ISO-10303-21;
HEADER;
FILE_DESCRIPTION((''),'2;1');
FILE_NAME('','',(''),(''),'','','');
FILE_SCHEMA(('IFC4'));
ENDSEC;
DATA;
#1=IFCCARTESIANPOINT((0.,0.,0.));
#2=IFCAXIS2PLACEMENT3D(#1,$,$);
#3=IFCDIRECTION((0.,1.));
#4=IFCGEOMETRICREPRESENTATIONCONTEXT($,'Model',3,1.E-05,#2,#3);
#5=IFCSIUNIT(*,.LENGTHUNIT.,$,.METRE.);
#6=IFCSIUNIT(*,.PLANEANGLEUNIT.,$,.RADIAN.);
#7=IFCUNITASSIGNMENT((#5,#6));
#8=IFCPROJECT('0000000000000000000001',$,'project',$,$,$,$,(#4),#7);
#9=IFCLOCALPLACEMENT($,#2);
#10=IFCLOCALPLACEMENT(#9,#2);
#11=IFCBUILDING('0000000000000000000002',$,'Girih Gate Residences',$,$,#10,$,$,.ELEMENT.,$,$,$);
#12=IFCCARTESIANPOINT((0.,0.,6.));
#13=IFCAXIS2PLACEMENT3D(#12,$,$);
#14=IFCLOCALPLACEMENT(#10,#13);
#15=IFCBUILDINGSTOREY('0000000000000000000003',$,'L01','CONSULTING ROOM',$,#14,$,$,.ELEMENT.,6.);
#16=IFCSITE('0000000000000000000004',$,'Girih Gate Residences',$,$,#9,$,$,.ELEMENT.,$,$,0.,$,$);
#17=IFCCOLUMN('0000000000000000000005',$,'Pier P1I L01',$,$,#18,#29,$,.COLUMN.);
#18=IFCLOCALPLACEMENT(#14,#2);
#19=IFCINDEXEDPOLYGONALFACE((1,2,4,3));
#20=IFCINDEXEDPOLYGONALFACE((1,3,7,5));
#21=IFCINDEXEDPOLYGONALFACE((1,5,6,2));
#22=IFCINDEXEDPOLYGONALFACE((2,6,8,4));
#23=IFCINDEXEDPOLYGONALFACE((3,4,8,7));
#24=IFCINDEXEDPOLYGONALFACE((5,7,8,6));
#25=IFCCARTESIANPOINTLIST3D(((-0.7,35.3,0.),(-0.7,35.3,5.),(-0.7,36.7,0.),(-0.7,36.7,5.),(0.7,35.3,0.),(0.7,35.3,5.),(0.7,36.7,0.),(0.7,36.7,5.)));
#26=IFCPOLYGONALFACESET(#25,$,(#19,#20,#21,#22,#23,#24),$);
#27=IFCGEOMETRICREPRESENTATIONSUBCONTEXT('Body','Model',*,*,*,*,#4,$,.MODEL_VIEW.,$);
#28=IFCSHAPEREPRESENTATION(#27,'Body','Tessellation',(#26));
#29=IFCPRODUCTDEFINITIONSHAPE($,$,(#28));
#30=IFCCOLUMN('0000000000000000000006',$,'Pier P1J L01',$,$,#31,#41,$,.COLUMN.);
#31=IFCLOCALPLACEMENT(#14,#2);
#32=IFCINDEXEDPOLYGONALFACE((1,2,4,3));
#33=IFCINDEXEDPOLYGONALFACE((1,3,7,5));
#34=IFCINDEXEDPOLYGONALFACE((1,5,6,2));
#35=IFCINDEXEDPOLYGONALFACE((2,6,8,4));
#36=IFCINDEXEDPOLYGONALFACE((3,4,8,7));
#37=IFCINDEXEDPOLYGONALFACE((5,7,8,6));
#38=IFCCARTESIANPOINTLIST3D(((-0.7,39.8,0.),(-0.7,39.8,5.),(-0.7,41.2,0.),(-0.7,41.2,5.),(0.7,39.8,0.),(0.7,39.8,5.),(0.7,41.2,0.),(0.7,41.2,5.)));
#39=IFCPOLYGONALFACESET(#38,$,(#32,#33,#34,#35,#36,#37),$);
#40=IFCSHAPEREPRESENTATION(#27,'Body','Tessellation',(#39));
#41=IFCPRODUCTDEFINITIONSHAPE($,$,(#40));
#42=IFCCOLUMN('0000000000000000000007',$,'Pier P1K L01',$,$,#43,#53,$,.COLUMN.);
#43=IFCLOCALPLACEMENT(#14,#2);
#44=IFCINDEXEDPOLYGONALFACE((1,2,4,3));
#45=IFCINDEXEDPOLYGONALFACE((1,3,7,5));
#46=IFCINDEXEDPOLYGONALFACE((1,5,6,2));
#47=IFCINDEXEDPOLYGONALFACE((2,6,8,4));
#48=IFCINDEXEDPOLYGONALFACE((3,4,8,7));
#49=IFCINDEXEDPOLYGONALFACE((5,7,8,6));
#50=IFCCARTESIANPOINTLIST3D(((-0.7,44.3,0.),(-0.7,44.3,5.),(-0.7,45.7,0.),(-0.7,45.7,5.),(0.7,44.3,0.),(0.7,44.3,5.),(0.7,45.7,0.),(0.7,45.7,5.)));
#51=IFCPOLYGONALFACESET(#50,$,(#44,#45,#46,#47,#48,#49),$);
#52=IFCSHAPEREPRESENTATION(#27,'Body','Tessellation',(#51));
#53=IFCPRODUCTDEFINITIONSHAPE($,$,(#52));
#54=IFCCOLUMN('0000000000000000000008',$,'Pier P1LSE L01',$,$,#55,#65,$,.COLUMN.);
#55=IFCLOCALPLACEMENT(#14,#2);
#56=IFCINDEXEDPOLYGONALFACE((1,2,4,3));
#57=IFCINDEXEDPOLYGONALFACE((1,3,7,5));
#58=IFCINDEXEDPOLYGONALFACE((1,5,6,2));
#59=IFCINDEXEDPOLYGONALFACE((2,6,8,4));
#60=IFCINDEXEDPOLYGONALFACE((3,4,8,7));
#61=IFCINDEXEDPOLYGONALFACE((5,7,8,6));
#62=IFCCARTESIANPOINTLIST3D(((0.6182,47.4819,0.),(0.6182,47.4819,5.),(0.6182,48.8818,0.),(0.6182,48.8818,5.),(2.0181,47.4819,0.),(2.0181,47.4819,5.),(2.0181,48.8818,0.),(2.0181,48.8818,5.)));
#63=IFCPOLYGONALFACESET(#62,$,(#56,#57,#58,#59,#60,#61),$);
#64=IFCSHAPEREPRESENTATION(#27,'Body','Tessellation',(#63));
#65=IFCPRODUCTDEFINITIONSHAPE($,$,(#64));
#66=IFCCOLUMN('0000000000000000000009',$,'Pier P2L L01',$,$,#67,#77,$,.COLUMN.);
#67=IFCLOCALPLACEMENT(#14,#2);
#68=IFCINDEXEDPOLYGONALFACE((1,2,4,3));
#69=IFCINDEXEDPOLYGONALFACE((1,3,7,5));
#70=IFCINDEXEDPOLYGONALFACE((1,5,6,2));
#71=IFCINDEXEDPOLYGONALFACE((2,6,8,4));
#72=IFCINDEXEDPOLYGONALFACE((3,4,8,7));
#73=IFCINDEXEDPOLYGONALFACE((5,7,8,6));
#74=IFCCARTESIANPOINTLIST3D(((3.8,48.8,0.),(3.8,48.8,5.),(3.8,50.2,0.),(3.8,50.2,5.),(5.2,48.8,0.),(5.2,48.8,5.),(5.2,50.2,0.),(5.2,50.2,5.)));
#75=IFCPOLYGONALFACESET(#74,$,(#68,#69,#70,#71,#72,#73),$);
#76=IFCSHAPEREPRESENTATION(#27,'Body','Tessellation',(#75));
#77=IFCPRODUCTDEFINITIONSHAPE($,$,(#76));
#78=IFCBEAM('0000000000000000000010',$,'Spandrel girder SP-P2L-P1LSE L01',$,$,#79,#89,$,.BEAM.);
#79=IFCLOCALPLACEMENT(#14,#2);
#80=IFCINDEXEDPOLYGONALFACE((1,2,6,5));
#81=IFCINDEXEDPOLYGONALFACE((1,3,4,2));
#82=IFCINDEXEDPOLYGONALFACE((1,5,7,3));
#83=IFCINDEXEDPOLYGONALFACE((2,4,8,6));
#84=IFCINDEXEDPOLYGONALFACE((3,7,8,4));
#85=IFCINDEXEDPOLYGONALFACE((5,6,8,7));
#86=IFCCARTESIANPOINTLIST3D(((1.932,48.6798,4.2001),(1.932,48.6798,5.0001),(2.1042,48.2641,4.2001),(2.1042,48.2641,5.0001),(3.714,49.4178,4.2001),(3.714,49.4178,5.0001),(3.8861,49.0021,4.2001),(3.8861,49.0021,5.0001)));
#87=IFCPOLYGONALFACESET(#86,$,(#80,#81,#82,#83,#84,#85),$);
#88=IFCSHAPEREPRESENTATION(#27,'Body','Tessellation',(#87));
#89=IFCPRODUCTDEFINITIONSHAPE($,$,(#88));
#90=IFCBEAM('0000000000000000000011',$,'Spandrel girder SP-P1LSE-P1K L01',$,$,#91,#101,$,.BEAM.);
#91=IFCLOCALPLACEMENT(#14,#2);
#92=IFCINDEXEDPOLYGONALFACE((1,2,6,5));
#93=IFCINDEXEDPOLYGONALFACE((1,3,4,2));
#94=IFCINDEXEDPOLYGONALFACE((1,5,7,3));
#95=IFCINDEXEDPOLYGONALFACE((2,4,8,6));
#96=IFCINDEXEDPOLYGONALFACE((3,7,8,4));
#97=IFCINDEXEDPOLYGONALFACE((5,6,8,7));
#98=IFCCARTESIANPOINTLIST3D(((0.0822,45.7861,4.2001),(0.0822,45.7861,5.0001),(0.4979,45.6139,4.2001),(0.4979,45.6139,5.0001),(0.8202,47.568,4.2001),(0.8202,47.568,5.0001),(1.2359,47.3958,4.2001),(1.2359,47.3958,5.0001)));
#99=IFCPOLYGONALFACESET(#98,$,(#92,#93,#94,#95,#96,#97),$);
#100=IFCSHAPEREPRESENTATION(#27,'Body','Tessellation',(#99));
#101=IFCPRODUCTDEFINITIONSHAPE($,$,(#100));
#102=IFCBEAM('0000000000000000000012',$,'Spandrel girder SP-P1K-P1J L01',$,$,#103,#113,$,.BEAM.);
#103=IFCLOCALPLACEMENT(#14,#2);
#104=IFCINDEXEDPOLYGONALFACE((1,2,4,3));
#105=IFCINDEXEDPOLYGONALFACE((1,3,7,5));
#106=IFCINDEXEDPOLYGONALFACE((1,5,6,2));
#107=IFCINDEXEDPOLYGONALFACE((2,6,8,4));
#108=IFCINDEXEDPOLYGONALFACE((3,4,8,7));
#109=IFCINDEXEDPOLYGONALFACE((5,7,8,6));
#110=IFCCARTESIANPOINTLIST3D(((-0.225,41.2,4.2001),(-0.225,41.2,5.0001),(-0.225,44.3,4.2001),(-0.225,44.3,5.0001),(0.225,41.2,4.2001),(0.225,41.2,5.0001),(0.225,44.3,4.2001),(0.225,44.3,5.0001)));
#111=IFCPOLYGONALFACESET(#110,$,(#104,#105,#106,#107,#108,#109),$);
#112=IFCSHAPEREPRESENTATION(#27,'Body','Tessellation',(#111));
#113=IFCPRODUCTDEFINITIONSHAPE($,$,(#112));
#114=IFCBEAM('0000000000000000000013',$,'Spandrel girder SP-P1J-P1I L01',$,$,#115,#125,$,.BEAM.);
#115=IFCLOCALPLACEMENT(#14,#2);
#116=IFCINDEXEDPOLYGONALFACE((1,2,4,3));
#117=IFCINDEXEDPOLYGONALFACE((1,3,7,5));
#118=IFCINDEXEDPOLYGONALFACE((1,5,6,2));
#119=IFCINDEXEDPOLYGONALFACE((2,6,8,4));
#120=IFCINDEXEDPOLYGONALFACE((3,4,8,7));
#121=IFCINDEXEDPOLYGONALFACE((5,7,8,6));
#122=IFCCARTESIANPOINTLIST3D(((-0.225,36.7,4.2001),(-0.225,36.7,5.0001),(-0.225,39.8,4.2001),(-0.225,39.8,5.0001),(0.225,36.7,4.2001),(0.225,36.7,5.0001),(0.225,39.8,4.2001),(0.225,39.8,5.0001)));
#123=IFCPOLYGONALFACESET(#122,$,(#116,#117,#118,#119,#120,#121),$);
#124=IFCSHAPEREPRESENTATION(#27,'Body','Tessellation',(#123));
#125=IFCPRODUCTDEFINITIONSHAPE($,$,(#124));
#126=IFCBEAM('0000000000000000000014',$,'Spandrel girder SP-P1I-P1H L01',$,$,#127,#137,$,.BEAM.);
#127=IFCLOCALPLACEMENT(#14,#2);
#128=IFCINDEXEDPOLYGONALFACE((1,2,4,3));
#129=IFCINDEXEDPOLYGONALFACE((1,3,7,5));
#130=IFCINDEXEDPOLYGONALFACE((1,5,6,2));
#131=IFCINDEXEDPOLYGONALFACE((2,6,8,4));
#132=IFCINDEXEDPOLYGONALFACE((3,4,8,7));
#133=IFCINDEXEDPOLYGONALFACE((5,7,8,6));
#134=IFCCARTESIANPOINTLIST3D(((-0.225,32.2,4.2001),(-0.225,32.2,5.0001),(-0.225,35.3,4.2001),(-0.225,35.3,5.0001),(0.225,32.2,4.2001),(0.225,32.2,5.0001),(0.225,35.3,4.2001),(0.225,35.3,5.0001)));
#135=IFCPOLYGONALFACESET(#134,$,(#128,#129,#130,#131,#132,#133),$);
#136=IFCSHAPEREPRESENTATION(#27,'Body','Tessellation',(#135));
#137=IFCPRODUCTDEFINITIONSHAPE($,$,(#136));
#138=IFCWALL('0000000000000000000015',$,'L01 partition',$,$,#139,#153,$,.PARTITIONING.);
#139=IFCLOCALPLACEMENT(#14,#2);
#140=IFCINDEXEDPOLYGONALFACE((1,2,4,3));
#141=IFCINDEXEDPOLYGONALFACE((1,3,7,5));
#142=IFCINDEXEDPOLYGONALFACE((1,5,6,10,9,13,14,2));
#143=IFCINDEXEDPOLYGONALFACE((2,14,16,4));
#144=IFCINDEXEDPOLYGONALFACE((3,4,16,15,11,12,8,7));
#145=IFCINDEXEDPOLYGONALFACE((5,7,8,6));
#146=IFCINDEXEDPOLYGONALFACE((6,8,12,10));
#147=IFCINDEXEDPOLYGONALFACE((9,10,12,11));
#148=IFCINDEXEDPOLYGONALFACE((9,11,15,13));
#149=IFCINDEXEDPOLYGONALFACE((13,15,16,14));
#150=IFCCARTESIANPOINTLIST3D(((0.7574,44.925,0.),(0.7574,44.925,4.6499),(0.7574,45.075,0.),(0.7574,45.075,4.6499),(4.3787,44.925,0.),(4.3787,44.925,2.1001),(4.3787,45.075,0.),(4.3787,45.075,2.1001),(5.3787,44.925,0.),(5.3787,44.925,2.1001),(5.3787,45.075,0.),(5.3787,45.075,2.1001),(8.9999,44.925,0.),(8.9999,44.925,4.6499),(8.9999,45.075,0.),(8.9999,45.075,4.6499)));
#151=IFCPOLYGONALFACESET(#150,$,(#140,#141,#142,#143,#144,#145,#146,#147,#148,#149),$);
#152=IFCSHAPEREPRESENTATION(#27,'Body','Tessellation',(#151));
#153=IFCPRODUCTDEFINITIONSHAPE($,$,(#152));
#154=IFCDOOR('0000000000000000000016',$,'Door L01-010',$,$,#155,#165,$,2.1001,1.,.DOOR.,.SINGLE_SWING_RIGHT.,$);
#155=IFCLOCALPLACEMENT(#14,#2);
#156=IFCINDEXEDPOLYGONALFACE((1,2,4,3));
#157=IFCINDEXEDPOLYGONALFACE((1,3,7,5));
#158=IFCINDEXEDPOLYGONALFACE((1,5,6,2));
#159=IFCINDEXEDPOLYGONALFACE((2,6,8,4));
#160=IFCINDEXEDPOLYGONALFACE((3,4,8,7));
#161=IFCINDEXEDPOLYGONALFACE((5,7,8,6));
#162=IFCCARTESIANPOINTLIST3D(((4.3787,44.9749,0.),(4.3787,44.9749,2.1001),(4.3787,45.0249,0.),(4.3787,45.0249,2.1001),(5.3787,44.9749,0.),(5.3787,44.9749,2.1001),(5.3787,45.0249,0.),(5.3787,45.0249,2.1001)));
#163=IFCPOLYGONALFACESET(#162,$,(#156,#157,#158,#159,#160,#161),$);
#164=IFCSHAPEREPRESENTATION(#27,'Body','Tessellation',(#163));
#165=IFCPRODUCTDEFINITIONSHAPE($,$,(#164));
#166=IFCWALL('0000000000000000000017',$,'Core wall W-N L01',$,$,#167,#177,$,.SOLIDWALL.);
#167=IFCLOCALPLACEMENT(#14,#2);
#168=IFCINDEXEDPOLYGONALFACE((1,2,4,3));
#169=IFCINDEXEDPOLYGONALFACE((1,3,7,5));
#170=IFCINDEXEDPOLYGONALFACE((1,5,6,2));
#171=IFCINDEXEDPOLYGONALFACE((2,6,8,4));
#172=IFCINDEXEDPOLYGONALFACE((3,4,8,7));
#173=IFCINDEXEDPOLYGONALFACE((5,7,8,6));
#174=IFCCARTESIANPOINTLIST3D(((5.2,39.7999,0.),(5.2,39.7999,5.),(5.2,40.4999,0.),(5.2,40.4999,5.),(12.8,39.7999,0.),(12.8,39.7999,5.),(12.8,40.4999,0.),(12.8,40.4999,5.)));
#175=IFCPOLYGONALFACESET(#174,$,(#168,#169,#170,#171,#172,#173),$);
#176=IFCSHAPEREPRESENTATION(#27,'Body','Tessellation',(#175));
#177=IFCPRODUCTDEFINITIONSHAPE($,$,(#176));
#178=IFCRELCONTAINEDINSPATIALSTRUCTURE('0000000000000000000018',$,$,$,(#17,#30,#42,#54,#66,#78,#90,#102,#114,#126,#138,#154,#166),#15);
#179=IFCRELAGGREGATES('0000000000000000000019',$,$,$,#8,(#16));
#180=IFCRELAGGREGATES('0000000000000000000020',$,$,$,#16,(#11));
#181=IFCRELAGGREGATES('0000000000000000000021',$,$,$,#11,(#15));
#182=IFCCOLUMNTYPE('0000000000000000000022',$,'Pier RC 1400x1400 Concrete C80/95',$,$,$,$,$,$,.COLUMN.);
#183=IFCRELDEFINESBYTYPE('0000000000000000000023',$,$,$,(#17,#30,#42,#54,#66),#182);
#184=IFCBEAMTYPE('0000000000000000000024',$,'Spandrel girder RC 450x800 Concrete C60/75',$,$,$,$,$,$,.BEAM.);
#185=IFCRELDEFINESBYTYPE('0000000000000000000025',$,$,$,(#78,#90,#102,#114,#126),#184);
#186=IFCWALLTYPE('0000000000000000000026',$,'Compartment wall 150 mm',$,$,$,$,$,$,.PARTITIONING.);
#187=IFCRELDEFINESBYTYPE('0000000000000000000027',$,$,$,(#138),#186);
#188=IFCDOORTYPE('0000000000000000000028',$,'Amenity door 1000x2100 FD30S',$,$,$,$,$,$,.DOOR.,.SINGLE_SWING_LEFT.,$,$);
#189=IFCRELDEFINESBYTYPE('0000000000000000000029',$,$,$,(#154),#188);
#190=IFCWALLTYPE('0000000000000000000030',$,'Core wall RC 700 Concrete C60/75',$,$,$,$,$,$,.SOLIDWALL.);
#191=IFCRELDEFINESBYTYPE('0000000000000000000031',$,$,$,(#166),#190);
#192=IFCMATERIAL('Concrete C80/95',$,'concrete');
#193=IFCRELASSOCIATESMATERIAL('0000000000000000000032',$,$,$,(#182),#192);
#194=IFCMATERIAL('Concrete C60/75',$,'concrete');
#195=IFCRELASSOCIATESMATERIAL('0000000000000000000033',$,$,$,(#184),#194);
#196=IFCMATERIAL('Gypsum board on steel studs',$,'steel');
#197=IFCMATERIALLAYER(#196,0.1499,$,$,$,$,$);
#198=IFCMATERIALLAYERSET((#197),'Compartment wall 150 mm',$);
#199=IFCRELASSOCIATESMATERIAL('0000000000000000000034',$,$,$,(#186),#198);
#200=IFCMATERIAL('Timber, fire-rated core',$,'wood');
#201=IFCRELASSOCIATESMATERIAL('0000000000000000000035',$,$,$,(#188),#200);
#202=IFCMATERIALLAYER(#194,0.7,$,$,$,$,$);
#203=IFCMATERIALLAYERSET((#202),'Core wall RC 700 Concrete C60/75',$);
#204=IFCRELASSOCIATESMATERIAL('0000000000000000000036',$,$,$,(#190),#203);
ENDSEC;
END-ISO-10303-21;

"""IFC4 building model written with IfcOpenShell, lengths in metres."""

from ifc_helpers import new_model, si_unit, direction, frame, frame_2d, origin, origin_2d, place, context, subcontext, project, spatial, rectangle, extrude, material, layer, layer_set, material_profile, profile_set, type_object, element, fill, save


model = new_model("IFC4")

# Units and contexts
model_context = context("Model", 3, precision=1e-05, world=origin(), true_north=direction((0.0, 1.0)))
body_context = subcontext(model_context, "Body", "Model", "MODEL_VIEW")
ifc_project = project(units=[si_unit("LENGTHUNIT", "METRE"), si_unit("PLANEANGLEUNIT", "RADIAN")], contexts=[model_context])

# Site, building, storey
site_placement = place(None, origin())
site = spatial("IfcSite", under=ifc_project, at=site_placement, Name="Girih Gate Residences", CompositionType="ELEMENT", RefElevation=0.0)
building_placement = place(site_placement, origin())
building = spatial("IfcBuilding", under=site, at=building_placement, Name="Girih Gate Residences", CompositionType="ELEMENT")
storey_placement = place(building_placement, frame((0.0, 0.0, 6.0)))
storey = spatial("IfcBuildingStorey", under=building, at=storey_placement, Name="L01", Description="CONSULTING ROOM", CompositionType="ELEMENT", Elevation=6.0)

# Columns
ifc_material_1 = material(Name="Concrete C80/95", Category="concrete")
ifc_material_profile_1 = material_profile(ifc_material_1, rectangle(XDim=1.3999, YDim=1.3999, at=origin_2d()))
ifc_profile_set_1 = profile_set([ifc_material_profile_1], Name="Concrete C80/95")
column_type = type_object("IfcColumnType", Name="Pier RC 1400x1400 Concrete C80/95", PredefinedType="COLUMN", material=ifc_profile_set_1)
for number, where, z_axis, x_axis, name in (
    (1, (0.0, 36.0, 0.0), (0.0, 0.0, 1.0), (1.0, 0.0, 0.0), "Pier P1I L01"),
    (2, (0.0, 40.5, 0.0), (0.0, 0.0, 1.0), (1.0, 0.0, 0.0), "Pier P1J L01"),
    (3, (0.0, 45.0, 0.0), (0.0, 0.0, 1.0), (1.0, 0.0, 0.0), "Pier P1K L01"),
    (4, (1.3181, 48.1819, 0.0), (0.0, 0.0, 1.0), (1.0, 0.0, 0.0), "Pier P1LSE L01"),
    (5, (4.5, 49.5, 0.0), (0.0, 0.0, 1.0), (1.0, 0.0, 0.0), "Pier P2L L01"),
):
    element("IfcColumn", number, at=place(storey_placement, frame(where, z_axis=z_axis, x_axis=x_axis)), inside=storey, type_object=column_type, Name=name, PredefinedType="COLUMN", context=body_context, shape_type="SweptSolid", body=[
        extrude(rectangle(XDim=1.3999, YDim=1.3999, at=origin_2d()), origin(), (0.0, 0.0, 1.0), 5.0),
    ])

# Beams
ifc_material_2 = material(Name="Concrete C60/75", Category="concrete")
ifc_material_profile_2 = material_profile(ifc_material_2, rectangle(XDim=0.45, YDim=0.8, at=origin_2d()))
ifc_profile_set_2 = profile_set([ifc_material_profile_2], Name="Concrete C60/75")
beam_type = type_object("IfcBeamType", Name="Spandrel girder RC 450x800 Concrete C60/75", PredefinedType="BEAM", material=ifc_profile_set_2)
for number, where, z_axis, x_axis, name in (
    (6, (3.8, 49.21, 4.6001), (-0.923895, -0.382646, 0.0), (0.382646, -0.923895, 0.0), "Spandrel girder SP-P2L-P1LSE L01"),
    (7, (1.0281, 47.4819, 4.6001), (-0.382646, -0.923895, 0.0), (0.923895, -0.382646, 0.0), "Spandrel girder SP-P1LSE-P1K L01"),
):
    element("IfcBeam", number, at=place(storey_placement, frame(where, z_axis=z_axis, x_axis=x_axis)), inside=storey, type_object=beam_type, Name=name, PredefinedType="BEAM", context=body_context, shape_type="SweptSolid", body=[
        extrude(rectangle(XDim=0.45, YDim=0.8, at=origin_2d()), origin(), (0.0, 0.0, 1.0), 1.9287),
    ])
for number, where, z_axis, x_axis, name in (
    (8, (0.0, 44.3, 4.6001), (0.0, -1.0, 0.0), (1.0, 0.0, 0.0), "Spandrel girder SP-P1K-P1J L01"),
    (9, (0.0, 39.8, 4.6001), (0.0, -1.0, 0.0), (1.0, 0.0, 0.0), "Spandrel girder SP-P1J-P1I L01"),
    (10, (0.0, 35.3, 4.6001), (0.0, -1.0, 0.0), (1.0, 0.0, 0.0), "Spandrel girder SP-P1I-P1H L01"),
):
    element("IfcBeam", number, at=place(storey_placement, frame(where, z_axis=z_axis, x_axis=x_axis)), inside=storey, type_object=beam_type, Name=name, PredefinedType="BEAM", context=body_context, shape_type="SweptSolid", body=[
        extrude(rectangle(XDim=0.45, YDim=0.8, at=origin_2d()), origin(), (0.0, 0.0, 1.0), 3.1001),
    ])

# Wall, opening, door
ifc_material_3 = material(Name="Gypsum board on steel studs", Category="steel")
ifc_layer_1 = layer(ifc_material_3, 0.1499)
ifc_layer_set_1 = layer_set([ifc_layer_1], Name="Compartment wall 150 mm")
wall_type_1 = type_object("IfcWallType", Name="Compartment wall 150 mm", PredefinedType="PARTITIONING", material=ifc_layer_set_1)
wall_1_placement = place(storey_placement, frame((0.7576, 45.0, 0.0), z_axis=(0.0, 0.0, 1.0), x_axis=(1.0, 0.0, 0.0)))
wall_1 = element("IfcWall", 11, at=wall_1_placement, inside=storey, type_object=wall_type_1, Name="L01 partition", PredefinedType="PARTITIONING", context=body_context, shape_type="SweptSolid", body=[
    extrude(rectangle(XDim=8.2424, YDim=0.1499, at=frame_2d((4.1211, 0.0))), origin(), (0.0, 0.0, 1.0), 4.6499),
])
opening_1_placement = place(wall_1_placement, frame((3.6211, 0.0, 0.0)))
opening_1 = element("IfcOpeningElement", 12, at=opening_1_placement, cuts=wall_1, PredefinedType="OPENING", context=body_context, shape_type="SweptSolid", body=[
    extrude(rectangle(XDim=1.0, YDim=2.1001, at=frame_2d((0.5, 1.05))), frame((0.0, 0.085, 0.0), z_axis=(0.0, -1.0, 0.0), x_axis=(1.0, 0.0, 0.0)), (0.0, 0.0, 1.0), 0.1699),
])
ifc_material_4 = material(Name="Timber, fire-rated core", Category="wood")
door_type_1 = type_object("IfcDoorType", Name="Amenity door 1000x2100 FD30S", OperationType="SINGLE_SWING_LEFT", PredefinedType="DOOR", material=ifc_material_4)
door_1_placement = place(opening_1_placement, origin())
door_1 = element("IfcDoor", 13, at=door_1_placement, inside=storey, type_object=door_type_1, Name="Door L01-010", OperationType="SINGLE_SWING_RIGHT", OverallHeight=2.1001, OverallWidth=1.0, PredefinedType="DOOR", context=body_context, shape_type="SweptSolid", body=[
    extrude(rectangle(XDim=1.0, YDim=2.1001, at=frame_2d((0.5, 1.05))), frame((0.0, 0.0249, 0.0), z_axis=(0.0, -1.0, 0.0), x_axis=(1.0, 0.0, 0.0)), (0.0, 0.0, 1.0), 0.05),
])
fill(opening_1, door_1)

# Wall
ifc_layer_2 = layer(ifc_material_2, 0.7)
ifc_layer_set_2 = layer_set([ifc_layer_2], Name="Core wall RC 700 Concrete C60/75")
wall_type_2 = type_object("IfcWallType", Name="Core wall RC 700 Concrete C60/75", PredefinedType="SOLIDWALL", material=ifc_layer_set_2)
wall_2_placement = place(storey_placement, frame((5.2, 40.1499, 0.0), z_axis=(0.0, 0.0, 1.0), x_axis=(1.0, 0.0, 0.0)))
element("IfcWall", 14, at=wall_2_placement, inside=storey, type_object=wall_type_2, Name="Core wall W-N L01", PredefinedType="SOLIDWALL", context=body_context, shape_type="SweptSolid", body=[
    extrude(rectangle(XDim=7.6001, YDim=0.7, at=frame_2d((3.8, 0.0))), origin(), (0.0, 0.0, 1.0), 5.0),
])

save(model, "model.ifc")
